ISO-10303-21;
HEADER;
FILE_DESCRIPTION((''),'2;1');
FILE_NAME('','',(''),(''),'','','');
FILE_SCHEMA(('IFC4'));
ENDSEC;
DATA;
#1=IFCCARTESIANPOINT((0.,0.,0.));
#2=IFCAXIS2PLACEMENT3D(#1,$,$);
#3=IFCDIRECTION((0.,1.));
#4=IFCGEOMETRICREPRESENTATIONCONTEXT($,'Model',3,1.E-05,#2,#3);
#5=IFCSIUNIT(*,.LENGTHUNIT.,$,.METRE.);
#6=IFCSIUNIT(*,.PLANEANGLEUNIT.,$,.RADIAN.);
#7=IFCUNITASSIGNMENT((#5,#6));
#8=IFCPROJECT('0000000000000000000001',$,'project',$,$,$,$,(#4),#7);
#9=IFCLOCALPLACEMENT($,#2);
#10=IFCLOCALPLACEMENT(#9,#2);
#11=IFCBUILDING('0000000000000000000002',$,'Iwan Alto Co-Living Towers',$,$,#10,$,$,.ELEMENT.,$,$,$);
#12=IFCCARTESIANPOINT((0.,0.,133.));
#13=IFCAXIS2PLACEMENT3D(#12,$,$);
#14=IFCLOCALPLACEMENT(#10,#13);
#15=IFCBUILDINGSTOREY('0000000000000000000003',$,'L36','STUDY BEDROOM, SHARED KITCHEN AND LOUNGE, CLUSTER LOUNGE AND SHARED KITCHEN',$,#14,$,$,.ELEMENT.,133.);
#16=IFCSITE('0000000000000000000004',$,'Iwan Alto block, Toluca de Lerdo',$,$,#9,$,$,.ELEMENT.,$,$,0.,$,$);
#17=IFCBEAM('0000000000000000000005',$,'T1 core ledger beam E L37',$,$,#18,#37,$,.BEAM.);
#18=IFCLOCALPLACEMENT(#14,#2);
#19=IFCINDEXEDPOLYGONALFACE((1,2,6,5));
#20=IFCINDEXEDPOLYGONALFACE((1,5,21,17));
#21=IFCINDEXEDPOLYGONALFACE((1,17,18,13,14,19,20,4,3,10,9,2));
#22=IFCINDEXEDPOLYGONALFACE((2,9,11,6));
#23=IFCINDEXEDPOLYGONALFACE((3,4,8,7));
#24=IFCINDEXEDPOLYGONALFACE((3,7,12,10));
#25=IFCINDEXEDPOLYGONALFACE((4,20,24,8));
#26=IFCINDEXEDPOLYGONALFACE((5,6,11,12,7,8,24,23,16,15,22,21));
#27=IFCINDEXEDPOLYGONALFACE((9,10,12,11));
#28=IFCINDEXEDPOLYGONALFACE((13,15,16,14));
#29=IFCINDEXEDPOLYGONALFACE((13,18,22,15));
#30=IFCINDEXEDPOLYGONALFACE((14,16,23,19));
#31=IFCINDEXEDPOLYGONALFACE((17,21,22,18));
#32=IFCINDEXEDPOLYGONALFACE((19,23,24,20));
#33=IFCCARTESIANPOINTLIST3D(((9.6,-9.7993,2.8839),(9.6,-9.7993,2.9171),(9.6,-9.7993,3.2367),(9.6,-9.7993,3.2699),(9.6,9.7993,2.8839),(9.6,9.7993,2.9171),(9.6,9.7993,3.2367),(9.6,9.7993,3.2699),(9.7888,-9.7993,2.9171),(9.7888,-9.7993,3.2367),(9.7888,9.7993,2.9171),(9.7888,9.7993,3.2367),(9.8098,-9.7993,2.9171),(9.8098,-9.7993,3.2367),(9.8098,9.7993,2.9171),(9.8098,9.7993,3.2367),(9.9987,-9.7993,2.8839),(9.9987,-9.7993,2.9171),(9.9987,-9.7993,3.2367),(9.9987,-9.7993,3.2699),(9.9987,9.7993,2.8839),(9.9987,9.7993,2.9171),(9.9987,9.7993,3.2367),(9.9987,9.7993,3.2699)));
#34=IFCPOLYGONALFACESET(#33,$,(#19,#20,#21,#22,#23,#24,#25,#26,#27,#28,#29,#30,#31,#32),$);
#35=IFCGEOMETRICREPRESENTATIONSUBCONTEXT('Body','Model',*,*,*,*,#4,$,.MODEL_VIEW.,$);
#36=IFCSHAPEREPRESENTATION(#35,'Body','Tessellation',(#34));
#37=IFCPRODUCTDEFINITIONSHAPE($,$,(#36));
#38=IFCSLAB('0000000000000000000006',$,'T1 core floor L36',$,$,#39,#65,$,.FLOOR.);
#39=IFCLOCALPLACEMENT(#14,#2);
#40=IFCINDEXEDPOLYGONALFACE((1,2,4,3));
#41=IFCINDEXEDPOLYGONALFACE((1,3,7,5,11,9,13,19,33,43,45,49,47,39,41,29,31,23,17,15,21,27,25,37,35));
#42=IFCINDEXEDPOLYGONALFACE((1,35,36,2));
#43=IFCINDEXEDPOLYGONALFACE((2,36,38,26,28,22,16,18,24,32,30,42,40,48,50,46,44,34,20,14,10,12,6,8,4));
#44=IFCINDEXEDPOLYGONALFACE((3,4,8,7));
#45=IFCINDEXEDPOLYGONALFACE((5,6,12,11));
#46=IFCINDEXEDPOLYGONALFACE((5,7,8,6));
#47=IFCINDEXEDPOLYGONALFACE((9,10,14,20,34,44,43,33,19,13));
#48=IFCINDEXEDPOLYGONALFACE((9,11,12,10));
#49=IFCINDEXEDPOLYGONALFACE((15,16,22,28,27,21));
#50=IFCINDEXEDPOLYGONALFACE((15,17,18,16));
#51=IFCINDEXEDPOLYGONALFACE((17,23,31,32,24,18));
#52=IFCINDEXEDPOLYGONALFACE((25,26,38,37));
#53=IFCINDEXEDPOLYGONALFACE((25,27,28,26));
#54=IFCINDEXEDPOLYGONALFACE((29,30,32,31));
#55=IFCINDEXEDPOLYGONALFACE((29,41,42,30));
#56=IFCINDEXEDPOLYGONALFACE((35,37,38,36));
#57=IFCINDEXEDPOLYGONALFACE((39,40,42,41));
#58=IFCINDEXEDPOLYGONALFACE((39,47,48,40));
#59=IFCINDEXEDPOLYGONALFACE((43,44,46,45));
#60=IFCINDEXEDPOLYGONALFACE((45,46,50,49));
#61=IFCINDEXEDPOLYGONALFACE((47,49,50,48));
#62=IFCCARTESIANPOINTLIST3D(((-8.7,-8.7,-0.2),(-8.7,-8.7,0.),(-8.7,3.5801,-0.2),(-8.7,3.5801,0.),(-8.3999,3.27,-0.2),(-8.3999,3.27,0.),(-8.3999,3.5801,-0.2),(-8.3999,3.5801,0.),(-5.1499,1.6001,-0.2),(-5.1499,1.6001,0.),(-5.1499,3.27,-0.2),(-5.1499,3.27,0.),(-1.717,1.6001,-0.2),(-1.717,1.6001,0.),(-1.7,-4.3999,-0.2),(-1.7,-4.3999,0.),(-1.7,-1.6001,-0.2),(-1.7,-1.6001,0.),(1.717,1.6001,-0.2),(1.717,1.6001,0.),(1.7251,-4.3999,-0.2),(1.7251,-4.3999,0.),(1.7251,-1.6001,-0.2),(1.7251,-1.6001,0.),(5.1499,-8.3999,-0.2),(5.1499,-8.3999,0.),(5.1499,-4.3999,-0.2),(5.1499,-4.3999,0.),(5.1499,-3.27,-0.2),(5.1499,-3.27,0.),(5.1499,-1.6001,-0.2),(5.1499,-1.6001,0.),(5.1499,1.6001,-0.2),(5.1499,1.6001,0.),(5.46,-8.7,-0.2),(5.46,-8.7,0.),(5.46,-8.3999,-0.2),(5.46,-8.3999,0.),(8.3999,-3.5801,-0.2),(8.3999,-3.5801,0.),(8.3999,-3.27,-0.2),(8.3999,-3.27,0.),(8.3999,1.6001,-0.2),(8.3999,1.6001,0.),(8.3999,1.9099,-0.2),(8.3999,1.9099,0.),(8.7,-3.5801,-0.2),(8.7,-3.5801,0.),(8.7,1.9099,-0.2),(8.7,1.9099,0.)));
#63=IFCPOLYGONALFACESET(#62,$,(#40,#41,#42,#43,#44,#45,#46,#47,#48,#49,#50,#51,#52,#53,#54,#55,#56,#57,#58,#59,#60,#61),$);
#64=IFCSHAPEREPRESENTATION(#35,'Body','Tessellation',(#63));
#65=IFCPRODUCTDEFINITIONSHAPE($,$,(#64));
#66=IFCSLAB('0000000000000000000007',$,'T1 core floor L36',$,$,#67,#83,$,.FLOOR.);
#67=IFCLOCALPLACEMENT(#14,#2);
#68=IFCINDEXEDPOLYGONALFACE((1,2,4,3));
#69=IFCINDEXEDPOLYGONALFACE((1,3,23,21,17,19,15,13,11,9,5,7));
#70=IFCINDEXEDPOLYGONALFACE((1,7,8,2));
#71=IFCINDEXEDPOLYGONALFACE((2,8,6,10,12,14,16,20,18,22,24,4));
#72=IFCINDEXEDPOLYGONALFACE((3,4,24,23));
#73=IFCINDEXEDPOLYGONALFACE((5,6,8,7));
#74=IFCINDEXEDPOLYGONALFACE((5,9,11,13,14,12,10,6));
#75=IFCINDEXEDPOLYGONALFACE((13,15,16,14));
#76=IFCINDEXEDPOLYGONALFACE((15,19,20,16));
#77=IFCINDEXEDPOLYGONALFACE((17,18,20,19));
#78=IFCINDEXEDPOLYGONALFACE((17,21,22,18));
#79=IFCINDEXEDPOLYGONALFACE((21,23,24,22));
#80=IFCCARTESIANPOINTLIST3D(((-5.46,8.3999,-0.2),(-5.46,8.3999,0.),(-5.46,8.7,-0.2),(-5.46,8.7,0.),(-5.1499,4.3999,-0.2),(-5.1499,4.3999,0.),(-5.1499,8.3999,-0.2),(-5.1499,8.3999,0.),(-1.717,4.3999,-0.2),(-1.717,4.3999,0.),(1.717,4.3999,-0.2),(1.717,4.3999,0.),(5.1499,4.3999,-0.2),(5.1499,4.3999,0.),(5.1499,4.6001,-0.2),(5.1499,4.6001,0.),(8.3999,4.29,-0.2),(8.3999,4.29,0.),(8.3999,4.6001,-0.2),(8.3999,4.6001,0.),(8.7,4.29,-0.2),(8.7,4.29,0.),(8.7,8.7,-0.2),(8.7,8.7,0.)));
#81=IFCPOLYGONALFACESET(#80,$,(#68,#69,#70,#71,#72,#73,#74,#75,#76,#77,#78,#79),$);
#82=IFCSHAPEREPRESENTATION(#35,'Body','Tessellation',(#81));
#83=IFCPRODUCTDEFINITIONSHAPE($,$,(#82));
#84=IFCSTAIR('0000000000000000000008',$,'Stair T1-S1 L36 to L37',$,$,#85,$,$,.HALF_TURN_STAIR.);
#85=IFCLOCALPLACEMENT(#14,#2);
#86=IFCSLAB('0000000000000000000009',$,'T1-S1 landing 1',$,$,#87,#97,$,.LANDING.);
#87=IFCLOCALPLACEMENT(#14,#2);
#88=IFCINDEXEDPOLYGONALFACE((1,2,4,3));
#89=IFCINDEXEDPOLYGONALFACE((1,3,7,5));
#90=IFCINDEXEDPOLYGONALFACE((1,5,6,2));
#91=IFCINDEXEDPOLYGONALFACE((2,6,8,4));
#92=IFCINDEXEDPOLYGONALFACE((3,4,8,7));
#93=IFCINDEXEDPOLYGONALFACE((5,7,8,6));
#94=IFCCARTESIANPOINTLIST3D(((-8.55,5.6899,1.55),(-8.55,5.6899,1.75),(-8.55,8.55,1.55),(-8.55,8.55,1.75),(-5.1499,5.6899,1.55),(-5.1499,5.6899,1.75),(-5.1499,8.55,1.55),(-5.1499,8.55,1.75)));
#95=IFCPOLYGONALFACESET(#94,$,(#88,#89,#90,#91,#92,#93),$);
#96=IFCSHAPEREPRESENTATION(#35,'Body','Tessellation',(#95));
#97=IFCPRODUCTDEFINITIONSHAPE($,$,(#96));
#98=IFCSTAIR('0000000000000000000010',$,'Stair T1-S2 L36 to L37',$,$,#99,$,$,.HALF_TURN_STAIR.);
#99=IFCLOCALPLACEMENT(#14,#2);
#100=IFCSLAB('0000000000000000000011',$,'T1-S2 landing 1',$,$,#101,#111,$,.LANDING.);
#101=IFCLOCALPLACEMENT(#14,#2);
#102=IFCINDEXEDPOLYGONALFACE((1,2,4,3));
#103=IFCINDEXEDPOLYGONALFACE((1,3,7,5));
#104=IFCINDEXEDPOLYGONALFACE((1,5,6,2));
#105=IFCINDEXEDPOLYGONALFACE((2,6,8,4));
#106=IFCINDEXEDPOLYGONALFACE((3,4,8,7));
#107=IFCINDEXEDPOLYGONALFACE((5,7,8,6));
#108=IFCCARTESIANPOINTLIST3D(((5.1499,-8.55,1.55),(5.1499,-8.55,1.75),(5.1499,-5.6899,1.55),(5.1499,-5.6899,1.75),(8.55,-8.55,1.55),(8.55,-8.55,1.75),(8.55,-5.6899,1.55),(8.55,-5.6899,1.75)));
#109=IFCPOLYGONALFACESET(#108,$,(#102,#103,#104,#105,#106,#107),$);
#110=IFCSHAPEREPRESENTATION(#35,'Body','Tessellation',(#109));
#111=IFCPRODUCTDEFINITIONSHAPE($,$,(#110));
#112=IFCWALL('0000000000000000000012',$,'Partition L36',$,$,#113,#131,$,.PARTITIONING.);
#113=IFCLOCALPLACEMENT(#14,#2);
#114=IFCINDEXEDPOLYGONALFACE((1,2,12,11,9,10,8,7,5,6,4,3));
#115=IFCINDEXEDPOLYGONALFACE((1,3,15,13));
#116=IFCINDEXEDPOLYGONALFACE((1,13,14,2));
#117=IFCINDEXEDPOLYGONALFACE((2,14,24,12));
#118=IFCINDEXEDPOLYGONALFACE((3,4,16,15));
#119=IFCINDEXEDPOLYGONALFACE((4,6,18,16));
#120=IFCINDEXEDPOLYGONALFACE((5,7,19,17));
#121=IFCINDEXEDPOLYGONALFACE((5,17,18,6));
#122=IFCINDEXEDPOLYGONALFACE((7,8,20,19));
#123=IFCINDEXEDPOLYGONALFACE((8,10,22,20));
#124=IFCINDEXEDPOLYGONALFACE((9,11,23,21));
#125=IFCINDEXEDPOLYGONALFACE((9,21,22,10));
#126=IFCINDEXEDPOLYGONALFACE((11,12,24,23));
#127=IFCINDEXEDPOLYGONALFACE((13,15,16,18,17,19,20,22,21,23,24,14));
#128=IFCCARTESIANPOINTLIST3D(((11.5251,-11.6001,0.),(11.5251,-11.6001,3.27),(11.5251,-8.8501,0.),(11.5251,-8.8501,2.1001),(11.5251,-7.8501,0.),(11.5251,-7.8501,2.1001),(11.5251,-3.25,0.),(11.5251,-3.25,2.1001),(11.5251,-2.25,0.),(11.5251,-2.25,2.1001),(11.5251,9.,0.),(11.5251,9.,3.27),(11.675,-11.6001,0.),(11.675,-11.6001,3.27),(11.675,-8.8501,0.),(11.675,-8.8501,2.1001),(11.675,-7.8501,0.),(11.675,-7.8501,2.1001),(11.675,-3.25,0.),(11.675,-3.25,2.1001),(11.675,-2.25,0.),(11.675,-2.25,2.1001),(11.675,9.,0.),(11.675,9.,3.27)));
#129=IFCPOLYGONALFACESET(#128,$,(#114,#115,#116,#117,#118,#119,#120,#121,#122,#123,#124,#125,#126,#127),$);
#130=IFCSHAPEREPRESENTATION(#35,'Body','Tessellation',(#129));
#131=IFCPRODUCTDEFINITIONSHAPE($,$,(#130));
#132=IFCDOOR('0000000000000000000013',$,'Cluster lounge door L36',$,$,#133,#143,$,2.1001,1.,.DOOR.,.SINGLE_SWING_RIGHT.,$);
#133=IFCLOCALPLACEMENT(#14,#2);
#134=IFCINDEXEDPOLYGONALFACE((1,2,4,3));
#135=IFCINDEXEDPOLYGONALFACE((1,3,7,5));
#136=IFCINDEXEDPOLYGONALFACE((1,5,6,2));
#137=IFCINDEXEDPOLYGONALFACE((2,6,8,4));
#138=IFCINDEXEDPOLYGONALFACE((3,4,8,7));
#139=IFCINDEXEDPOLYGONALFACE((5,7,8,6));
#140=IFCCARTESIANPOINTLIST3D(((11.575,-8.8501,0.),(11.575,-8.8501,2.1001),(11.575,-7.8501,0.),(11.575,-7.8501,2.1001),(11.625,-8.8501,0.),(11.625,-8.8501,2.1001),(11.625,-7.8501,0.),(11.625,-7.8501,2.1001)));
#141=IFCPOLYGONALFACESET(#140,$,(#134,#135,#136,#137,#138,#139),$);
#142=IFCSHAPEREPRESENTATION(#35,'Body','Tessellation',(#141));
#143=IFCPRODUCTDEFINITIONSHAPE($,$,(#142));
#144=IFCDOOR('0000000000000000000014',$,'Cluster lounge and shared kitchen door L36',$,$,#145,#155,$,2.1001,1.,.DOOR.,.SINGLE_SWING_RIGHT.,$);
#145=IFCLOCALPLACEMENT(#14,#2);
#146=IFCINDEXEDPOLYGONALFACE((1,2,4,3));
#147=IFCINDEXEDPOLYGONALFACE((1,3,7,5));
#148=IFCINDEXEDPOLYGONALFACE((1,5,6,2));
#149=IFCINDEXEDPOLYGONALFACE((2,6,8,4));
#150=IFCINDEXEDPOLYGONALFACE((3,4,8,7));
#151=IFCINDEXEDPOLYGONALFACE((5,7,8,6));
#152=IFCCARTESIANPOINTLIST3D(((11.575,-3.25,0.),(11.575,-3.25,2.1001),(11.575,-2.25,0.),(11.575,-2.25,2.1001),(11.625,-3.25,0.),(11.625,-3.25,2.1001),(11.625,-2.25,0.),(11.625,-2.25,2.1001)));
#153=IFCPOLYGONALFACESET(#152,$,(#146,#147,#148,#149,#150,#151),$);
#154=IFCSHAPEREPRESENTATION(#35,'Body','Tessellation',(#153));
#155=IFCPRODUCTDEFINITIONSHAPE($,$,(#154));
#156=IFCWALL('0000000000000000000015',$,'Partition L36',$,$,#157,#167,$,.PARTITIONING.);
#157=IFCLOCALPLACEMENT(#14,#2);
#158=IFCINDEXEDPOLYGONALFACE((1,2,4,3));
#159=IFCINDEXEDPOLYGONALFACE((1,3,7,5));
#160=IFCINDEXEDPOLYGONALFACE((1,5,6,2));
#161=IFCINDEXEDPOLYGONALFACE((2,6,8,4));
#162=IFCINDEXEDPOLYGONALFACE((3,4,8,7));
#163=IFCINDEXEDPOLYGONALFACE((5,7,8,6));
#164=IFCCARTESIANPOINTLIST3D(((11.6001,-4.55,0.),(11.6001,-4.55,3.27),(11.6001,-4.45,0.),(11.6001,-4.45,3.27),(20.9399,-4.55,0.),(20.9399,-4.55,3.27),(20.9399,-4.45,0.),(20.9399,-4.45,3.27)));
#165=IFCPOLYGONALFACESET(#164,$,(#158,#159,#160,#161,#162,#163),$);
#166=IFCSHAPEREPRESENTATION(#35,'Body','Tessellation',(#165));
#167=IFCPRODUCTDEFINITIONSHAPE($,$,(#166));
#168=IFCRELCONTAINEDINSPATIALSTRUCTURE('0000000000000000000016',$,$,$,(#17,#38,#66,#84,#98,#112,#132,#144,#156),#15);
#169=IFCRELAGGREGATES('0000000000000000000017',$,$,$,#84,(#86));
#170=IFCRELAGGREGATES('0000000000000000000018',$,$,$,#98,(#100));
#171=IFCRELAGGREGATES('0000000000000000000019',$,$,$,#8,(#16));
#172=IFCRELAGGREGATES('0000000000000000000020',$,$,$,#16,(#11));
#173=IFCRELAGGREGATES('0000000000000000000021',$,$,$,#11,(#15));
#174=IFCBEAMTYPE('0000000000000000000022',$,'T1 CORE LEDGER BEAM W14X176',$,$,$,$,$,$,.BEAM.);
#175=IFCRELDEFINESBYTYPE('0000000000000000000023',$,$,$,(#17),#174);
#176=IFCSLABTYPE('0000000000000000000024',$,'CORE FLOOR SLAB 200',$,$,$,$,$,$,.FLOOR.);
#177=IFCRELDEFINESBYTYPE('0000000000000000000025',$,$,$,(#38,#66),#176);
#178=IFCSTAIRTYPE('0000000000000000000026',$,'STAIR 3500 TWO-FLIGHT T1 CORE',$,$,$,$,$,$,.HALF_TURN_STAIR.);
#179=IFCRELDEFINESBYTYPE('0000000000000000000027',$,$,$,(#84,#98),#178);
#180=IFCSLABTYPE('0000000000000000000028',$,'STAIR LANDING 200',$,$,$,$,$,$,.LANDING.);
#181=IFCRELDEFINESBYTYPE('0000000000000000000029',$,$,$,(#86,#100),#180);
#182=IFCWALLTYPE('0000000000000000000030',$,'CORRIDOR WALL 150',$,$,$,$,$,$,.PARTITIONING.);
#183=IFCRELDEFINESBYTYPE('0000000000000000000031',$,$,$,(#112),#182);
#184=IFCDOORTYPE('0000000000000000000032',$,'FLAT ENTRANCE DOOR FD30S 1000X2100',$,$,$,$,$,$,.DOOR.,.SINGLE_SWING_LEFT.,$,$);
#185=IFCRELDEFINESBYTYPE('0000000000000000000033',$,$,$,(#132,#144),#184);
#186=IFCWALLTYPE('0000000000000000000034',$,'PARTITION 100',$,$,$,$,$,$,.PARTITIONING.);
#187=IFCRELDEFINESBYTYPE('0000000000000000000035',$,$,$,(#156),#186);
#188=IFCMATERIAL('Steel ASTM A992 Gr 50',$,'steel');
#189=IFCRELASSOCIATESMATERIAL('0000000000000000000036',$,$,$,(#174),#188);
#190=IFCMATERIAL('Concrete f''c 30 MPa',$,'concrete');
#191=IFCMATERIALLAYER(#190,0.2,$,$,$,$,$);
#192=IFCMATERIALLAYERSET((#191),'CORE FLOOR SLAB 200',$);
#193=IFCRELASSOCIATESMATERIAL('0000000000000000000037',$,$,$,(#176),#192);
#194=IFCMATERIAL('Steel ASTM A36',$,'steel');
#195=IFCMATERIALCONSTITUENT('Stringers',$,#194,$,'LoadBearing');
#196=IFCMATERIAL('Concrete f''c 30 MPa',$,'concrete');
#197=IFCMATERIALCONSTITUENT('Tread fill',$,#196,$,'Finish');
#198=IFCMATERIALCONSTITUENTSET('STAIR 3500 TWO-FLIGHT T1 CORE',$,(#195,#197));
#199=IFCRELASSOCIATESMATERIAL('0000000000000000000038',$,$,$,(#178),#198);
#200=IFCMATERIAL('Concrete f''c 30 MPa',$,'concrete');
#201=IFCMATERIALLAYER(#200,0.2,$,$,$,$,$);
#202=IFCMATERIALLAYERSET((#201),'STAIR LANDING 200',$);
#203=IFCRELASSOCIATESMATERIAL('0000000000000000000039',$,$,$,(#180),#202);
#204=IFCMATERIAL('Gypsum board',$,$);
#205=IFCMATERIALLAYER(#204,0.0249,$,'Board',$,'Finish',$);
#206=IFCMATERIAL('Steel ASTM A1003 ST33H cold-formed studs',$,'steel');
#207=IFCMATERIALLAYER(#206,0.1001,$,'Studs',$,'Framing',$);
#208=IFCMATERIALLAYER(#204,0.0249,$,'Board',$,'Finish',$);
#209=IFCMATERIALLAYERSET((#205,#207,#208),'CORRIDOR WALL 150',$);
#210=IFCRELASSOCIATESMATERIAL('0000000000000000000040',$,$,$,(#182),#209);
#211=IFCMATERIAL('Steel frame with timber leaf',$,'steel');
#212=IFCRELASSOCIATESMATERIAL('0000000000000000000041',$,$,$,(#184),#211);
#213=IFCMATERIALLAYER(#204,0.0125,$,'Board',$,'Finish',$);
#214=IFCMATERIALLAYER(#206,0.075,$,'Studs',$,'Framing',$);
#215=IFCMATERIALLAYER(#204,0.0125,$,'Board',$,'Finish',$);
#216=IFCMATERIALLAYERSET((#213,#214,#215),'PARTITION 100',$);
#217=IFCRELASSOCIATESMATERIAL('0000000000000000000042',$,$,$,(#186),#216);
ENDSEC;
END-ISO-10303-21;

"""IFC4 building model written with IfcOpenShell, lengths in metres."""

from ifc_helpers import new_model, si_unit, direction, frame, frame_2d, origin, origin_2d, place, context, subcontext, project, spatial, polyline, rectangle, i_section, outline, extrude, material, layer, layer_set, constituent, constituent_set, material_profile, profile_set, type_object, element, fill, aggregate, save


model = new_model("IFC4")

# Units and contexts
model_context = context("Model", 3, precision=1e-05, world=origin(), true_north=direction((0.0, 1.0)))
body_context = subcontext(model_context, "Body", "Model", "MODEL_VIEW")
ifc_project = project(units=[si_unit("LENGTHUNIT", "METRE"), si_unit("PLANEANGLEUNIT", "RADIAN")], contexts=[model_context])

# Site, building, storey
site_placement = place(None, origin())
site = spatial("IfcSite", under=ifc_project, at=site_placement, Name="Iwan Alto block, Toluca de Lerdo", CompositionType="ELEMENT", RefElevation=0.0)
building_placement = place(site_placement, origin())
building = spatial("IfcBuilding", under=site, at=building_placement, Name="Iwan Alto Co-Living Towers", CompositionType="ELEMENT")
storey_placement = place(building_placement, frame((0.0, 0.0, 133.0)))
storey = spatial("IfcBuildingStorey", under=building, at=storey_placement, Name="L36", Description="STUDY BEDROOM, SHARED KITCHEN AND LOUNGE, CLUSTER LOUNGE AND SHARED KITCHEN", CompositionType="ELEMENT", Elevation=133.0)

# Beam
ifc_material_1 = material(Name="Steel ASTM A992 Gr 50", Category="steel")
ifc_material_profile = material_profile(ifc_material_1, i_section(OverallWidth=0.3987, OverallDepth=0.386, WebThickness=0.021, FlangeThickness=0.0332, at=origin_2d()), Name="W14X176")
ifc_profile_set = profile_set([ifc_material_profile], Name="Steel ASTM A992 Gr 50")
beam_type = type_object("IfcBeamType", Name="T1 CORE LEDGER BEAM W14X176", PredefinedType="BEAM", material=ifc_profile_set)
beam_placement = place(storey_placement, frame((9.7993, -9.7993, 3.0769), z_axis=(0.0, 1.0, 0.0), x_axis=(-1.0, 0.0, 0.0)))
element("IfcBeam", 1, at=beam_placement, inside=storey, type_object=beam_type, Name="T1 core ledger beam E L37", PredefinedType="BEAM", context=body_context, shape_type="SweptSolid", body=[
    extrude(i_section(OverallWidth=0.3987, OverallDepth=0.386, WebThickness=0.021, FlangeThickness=0.0332, at=origin_2d()), origin(), (0.0, 0.0, 1.0), 19.5986),
])

# Slabs
ifc_material_2 = material(Name="Concrete f'c 30 MPa", Category="concrete")
ifc_layer_1 = layer(ifc_material_2, 0.2)
ifc_layer_set_1 = layer_set([ifc_layer_1], Name="CORE FLOOR SLAB 200")
slab_type_1 = type_object("IfcSlabType", Name="CORE FLOOR SLAB 200", PredefinedType="FLOOR", material=ifc_layer_set_1)
slab_1_placement = place(storey_placement, frame((0.0, 0.0, -0.2)))
element("IfcSlab", 2, at=slab_1_placement, inside=storey, type_object=slab_type_1, Name="T1 core floor L36", PredefinedType="FLOOR", context=body_context, shape_type="SweptSolid", body=[
    extrude(outline(polyline([(5.1499, -1.6001), (1.7251, -1.6001), (-1.7, -1.6001), (-1.7, -4.3999), (1.7251, -4.3999), (5.1499, -4.3999), (5.1499, -8.3999), (5.46, -8.3999), (5.46, -8.7), (-8.7, -8.7), (-8.7, 3.5801), (-8.3999, 3.5801), (-8.3999, 3.27), (-5.1499, 3.27), (-5.1499, 1.6001), (-1.717, 1.6001), (1.717, 1.6001), (5.1499, 1.6001), (8.3999, 1.6001), (8.3999, 1.9099), (8.7, 1.9099), (8.7, -3.5801), (8.3999, -3.5801), (8.3999, -3.27), (5.1499, -3.27), (5.1499, -1.6001)])), origin(), (0.0, 0.0, 1.0), 0.2),
])
slab_2_placement = place(storey_placement, frame((0.0, 0.0, -0.2)))
element("IfcSlab", 3, at=slab_2_placement, inside=storey, type_object=slab_type_1, Name="T1 core floor L36", PredefinedType="FLOOR", context=body_context, shape_type="SweptSolid", body=[
    extrude(outline(polyline([(1.717, 4.3999), (-1.717, 4.3999), (-5.1499, 4.3999), (-5.1499, 8.3999), (-5.46, 8.3999), (-5.46, 8.7), (8.7, 8.7), (8.7, 4.29), (8.3999, 4.29), (8.3999, 4.6001), (5.1499, 4.6001), (5.1499, 4.3999), (1.717, 4.3999)])), origin(), (0.0, 0.0, 1.0), 0.2),
])

# Stairs, slabs
ifc_material_3 = material(Name="Steel ASTM A36", Category="steel")
ifc_constituent_1 = constituent(ifc_material_3, Name="Stringers", Category="LoadBearing")
ifc_material_4 = material(Name="Concrete f'c 30 MPa", Category="concrete")
ifc_constituent_2 = constituent(ifc_material_4, Name="Tread fill", Category="Finish")
ifc_constituent_set_1 = constituent_set(constituents=[ifc_constituent_1, ifc_constituent_2], Name="STAIR 3500 TWO-FLIGHT T1 CORE")
stair_type = type_object("IfcStairType", Name="STAIR 3500 TWO-FLIGHT T1 CORE", PredefinedType="HALF_TURN_STAIR", material=ifc_constituent_set_1)
stair_1_placement = place(storey_placement, origin())
stair_1 = element("IfcStair", 4, at=stair_1_placement, inside=storey, type_object=stair_type, Name="Stair T1-S1 L36 to L37", PredefinedType="HALF_TURN_STAIR")
ifc_material_5 = material(Name="Concrete f'c 30 MPa", Category="concrete")
ifc_layer_2 = layer(ifc_material_5, 0.2)
ifc_layer_set_2 = layer_set([ifc_layer_2], Name="STAIR LANDING 200")
slab_type_2 = type_object("IfcSlabType", Name="STAIR LANDING 200", PredefinedType="LANDING", material=ifc_layer_set_2)
slab_3_placement = place(storey_placement, frame((0.0, 0.0, 1.55)))
slab_3 = element("IfcSlab", 5, at=slab_3_placement, type_object=slab_type_2, Name="T1-S1 landing 1", PredefinedType="LANDING", context=body_context, shape_type="SweptSolid", body=[
    extrude(outline(polyline([(-8.55, 5.6899), (-8.55, 8.55), (-5.1499, 8.55), (-5.1499, 5.6899), (-8.55, 5.6899)])), origin(), (0.0, 0.0, 1.0), 0.2),
])
aggregate(stair_1, [slab_3])
stair_2_placement = place(storey_placement, origin())
stair_2 = element("IfcStair", 6, at=stair_2_placement, inside=storey, type_object=stair_type, Name="Stair T1-S2 L36 to L37", PredefinedType="HALF_TURN_STAIR")
slab_4_placement = place(storey_placement, frame((0.0, 0.0, 1.55)))
slab_4 = element("IfcSlab", 7, at=slab_4_placement, type_object=slab_type_2, Name="T1-S2 landing 1", PredefinedType="LANDING", context=body_context, shape_type="SweptSolid", body=[
    extrude(outline(polyline([(5.1499, -5.6899), (5.1499, -8.55), (8.55, -8.55), (8.55, -5.6899), (5.1499, -5.6899)])), origin(), (0.0, 0.0, 1.0), 0.2),
])

# Wall, openings, doors
ifc_material_6 = material(Name="Gypsum board")
ifc_layer_3 = layer(ifc_material_6, 0.0249, Name="Board", Category="Finish")
ifc_material_7 = material(Name="Steel ASTM A1003 ST33H cold-formed studs", Category="steel")
ifc_layer_4 = layer(ifc_material_7, 0.1001, Name="Studs", Category="Framing")
ifc_layer_5 = layer(ifc_material_6, 0.0249, Name="Board", Category="Finish")
ifc_layer_set_3 = layer_set([ifc_layer_3, ifc_layer_4, ifc_layer_5], Name="CORRIDOR WALL 150")
wall_type_1 = type_object("IfcWallType", Name="CORRIDOR WALL 150", PredefinedType="PARTITIONING", material=ifc_layer_set_3)
wall_1_placement = place(storey_placement, frame((11.6001, -11.6001, 0.0), z_axis=(0.0, 0.0, 1.0), x_axis=(0.0, 1.0, 0.0)))
wall_1 = element("IfcWall", 8, at=wall_1_placement, inside=storey, type_object=wall_type_1, Name="Partition L36", PredefinedType="PARTITIONING", context=body_context, shape_type="SweptSolid", body=[
    extrude(rectangle(XDim=20.6001, YDim=0.1499, at=frame_2d((10.3, 0.0))), origin(), (0.0, 0.0, 1.0), 3.27),
])
opening_1_placement = place(wall_1_placement, frame((2.75, 0.0, 0.0)))
opening_1 = element("IfcOpeningElement", 9, at=opening_1_placement, cuts=wall_1, PredefinedType="OPENING", context=body_context, shape_type="SweptSolid", body=[
    extrude(rectangle(XDim=1.0, YDim=2.1001, at=frame_2d((0.5, 1.05))), frame((0.0, 0.085, 0.0), z_axis=(0.0, -1.0, 0.0), x_axis=(1.0, 0.0, 0.0)), (0.0, 0.0, 1.0), 0.1699),
])
opening_2_placement = place(wall_1_placement, frame((8.3501, 0.0, 0.0)))
opening_2 = element("IfcOpeningElement", 10, at=opening_2_placement, cuts=wall_1, PredefinedType="OPENING", context=body_context, shape_type="SweptSolid", body=[
    extrude(rectangle(XDim=1.0, YDim=2.1001, at=frame_2d((0.5, 1.05))), frame((0.0, 0.085, 0.0), z_axis=(0.0, -1.0, 0.0), x_axis=(1.0, 0.0, 0.0)), (0.0, 0.0, 1.0), 0.1699),
])
ifc_material_8 = material(Name="Steel frame with timber leaf", Category="steel")
door_type_1 = type_object("IfcDoorType", Name="FLAT ENTRANCE DOOR FD30S 1000X2100", OperationType="SINGLE_SWING_LEFT", PredefinedType="DOOR", material=ifc_material_8)
door_1_placement = place(opening_1_placement, frame((1.0, 0.0, 0.0), z_axis=(0.0, 0.0, 1.0), x_axis=(-1.0, 0.0, 0.0)))
door_1 = element("IfcDoor", 11, at=door_1_placement, inside=storey, type_object=door_type_1, Name="Cluster lounge door L36", OperationType="SINGLE_SWING_RIGHT", OverallHeight=2.1001, OverallWidth=1.0, PredefinedType="DOOR", context=body_context, shape_type="SweptSolid", body=[
    extrude(rectangle(XDim=1.0, YDim=2.1001, at=frame_2d((0.5, 1.05))), frame((0.0, 0.0249, 0.0), z_axis=(0.0, -1.0, 0.0), x_axis=(1.0, 0.0, 0.0)), (0.0, 0.0, 1.0), 0.05),
])
fill(opening_1, door_1)
door_2_placement = place(opening_2_placement, frame((1.0, 0.0, 0.0), z_axis=(0.0, 0.0, 1.0), x_axis=(-1.0, 0.0, 0.0)))
door_2 = element("IfcDoor", 12, at=door_2_placement, inside=storey, type_object=door_type_1, Name="Cluster lounge and shared kitchen door L36", OperationType="SINGLE_SWING_RIGHT", OverallHeight=2.1001, OverallWidth=1.0, PredefinedType="DOOR", context=body_context, shape_type="SweptSolid", body=[
    extrude(rectangle(XDim=1.0, YDim=2.1001, at=frame_2d((0.5, 1.05))), frame((0.0, 0.0249, 0.0), z_axis=(0.0, -1.0, 0.0), x_axis=(1.0, 0.0, 0.0)), (0.0, 0.0, 1.0), 0.05),
])
fill(opening_2, door_2)

# Wall
ifc_layer_6 = layer(ifc_material_6, 0.0125, Name="Board", Category="Finish")
ifc_layer_7 = layer(ifc_material_7, 0.075, Name="Studs", Category="Framing")
ifc_layer_8 = layer(ifc_material_6, 0.0125, Name="Board", Category="Finish")
ifc_layer_set_4 = layer_set([ifc_layer_6, ifc_layer_7, ifc_layer_8], Name="PARTITION 100")
wall_type_2 = type_object("IfcWallType", Name="PARTITION 100", PredefinedType="PARTITIONING", material=ifc_layer_set_4)
wall_2_placement = place(storey_placement, frame((11.6001, -4.5, 0.0), z_axis=(0.0, 0.0, 1.0), x_axis=(1.0, 0.0, 0.0)))
element("IfcWall", 13, at=wall_2_placement, inside=storey, type_object=wall_type_2, Name="Partition L36", PredefinedType="PARTITIONING", context=body_context, shape_type="SweptSolid", body=[
    extrude(rectangle(XDim=9.3398, YDim=0.1001, at=frame_2d((4.6699, 0.0))), origin(), (0.0, 0.0, 1.0), 3.27),
])

aggregate(stair_2, [slab_4])

save(model, "model.ifc")
